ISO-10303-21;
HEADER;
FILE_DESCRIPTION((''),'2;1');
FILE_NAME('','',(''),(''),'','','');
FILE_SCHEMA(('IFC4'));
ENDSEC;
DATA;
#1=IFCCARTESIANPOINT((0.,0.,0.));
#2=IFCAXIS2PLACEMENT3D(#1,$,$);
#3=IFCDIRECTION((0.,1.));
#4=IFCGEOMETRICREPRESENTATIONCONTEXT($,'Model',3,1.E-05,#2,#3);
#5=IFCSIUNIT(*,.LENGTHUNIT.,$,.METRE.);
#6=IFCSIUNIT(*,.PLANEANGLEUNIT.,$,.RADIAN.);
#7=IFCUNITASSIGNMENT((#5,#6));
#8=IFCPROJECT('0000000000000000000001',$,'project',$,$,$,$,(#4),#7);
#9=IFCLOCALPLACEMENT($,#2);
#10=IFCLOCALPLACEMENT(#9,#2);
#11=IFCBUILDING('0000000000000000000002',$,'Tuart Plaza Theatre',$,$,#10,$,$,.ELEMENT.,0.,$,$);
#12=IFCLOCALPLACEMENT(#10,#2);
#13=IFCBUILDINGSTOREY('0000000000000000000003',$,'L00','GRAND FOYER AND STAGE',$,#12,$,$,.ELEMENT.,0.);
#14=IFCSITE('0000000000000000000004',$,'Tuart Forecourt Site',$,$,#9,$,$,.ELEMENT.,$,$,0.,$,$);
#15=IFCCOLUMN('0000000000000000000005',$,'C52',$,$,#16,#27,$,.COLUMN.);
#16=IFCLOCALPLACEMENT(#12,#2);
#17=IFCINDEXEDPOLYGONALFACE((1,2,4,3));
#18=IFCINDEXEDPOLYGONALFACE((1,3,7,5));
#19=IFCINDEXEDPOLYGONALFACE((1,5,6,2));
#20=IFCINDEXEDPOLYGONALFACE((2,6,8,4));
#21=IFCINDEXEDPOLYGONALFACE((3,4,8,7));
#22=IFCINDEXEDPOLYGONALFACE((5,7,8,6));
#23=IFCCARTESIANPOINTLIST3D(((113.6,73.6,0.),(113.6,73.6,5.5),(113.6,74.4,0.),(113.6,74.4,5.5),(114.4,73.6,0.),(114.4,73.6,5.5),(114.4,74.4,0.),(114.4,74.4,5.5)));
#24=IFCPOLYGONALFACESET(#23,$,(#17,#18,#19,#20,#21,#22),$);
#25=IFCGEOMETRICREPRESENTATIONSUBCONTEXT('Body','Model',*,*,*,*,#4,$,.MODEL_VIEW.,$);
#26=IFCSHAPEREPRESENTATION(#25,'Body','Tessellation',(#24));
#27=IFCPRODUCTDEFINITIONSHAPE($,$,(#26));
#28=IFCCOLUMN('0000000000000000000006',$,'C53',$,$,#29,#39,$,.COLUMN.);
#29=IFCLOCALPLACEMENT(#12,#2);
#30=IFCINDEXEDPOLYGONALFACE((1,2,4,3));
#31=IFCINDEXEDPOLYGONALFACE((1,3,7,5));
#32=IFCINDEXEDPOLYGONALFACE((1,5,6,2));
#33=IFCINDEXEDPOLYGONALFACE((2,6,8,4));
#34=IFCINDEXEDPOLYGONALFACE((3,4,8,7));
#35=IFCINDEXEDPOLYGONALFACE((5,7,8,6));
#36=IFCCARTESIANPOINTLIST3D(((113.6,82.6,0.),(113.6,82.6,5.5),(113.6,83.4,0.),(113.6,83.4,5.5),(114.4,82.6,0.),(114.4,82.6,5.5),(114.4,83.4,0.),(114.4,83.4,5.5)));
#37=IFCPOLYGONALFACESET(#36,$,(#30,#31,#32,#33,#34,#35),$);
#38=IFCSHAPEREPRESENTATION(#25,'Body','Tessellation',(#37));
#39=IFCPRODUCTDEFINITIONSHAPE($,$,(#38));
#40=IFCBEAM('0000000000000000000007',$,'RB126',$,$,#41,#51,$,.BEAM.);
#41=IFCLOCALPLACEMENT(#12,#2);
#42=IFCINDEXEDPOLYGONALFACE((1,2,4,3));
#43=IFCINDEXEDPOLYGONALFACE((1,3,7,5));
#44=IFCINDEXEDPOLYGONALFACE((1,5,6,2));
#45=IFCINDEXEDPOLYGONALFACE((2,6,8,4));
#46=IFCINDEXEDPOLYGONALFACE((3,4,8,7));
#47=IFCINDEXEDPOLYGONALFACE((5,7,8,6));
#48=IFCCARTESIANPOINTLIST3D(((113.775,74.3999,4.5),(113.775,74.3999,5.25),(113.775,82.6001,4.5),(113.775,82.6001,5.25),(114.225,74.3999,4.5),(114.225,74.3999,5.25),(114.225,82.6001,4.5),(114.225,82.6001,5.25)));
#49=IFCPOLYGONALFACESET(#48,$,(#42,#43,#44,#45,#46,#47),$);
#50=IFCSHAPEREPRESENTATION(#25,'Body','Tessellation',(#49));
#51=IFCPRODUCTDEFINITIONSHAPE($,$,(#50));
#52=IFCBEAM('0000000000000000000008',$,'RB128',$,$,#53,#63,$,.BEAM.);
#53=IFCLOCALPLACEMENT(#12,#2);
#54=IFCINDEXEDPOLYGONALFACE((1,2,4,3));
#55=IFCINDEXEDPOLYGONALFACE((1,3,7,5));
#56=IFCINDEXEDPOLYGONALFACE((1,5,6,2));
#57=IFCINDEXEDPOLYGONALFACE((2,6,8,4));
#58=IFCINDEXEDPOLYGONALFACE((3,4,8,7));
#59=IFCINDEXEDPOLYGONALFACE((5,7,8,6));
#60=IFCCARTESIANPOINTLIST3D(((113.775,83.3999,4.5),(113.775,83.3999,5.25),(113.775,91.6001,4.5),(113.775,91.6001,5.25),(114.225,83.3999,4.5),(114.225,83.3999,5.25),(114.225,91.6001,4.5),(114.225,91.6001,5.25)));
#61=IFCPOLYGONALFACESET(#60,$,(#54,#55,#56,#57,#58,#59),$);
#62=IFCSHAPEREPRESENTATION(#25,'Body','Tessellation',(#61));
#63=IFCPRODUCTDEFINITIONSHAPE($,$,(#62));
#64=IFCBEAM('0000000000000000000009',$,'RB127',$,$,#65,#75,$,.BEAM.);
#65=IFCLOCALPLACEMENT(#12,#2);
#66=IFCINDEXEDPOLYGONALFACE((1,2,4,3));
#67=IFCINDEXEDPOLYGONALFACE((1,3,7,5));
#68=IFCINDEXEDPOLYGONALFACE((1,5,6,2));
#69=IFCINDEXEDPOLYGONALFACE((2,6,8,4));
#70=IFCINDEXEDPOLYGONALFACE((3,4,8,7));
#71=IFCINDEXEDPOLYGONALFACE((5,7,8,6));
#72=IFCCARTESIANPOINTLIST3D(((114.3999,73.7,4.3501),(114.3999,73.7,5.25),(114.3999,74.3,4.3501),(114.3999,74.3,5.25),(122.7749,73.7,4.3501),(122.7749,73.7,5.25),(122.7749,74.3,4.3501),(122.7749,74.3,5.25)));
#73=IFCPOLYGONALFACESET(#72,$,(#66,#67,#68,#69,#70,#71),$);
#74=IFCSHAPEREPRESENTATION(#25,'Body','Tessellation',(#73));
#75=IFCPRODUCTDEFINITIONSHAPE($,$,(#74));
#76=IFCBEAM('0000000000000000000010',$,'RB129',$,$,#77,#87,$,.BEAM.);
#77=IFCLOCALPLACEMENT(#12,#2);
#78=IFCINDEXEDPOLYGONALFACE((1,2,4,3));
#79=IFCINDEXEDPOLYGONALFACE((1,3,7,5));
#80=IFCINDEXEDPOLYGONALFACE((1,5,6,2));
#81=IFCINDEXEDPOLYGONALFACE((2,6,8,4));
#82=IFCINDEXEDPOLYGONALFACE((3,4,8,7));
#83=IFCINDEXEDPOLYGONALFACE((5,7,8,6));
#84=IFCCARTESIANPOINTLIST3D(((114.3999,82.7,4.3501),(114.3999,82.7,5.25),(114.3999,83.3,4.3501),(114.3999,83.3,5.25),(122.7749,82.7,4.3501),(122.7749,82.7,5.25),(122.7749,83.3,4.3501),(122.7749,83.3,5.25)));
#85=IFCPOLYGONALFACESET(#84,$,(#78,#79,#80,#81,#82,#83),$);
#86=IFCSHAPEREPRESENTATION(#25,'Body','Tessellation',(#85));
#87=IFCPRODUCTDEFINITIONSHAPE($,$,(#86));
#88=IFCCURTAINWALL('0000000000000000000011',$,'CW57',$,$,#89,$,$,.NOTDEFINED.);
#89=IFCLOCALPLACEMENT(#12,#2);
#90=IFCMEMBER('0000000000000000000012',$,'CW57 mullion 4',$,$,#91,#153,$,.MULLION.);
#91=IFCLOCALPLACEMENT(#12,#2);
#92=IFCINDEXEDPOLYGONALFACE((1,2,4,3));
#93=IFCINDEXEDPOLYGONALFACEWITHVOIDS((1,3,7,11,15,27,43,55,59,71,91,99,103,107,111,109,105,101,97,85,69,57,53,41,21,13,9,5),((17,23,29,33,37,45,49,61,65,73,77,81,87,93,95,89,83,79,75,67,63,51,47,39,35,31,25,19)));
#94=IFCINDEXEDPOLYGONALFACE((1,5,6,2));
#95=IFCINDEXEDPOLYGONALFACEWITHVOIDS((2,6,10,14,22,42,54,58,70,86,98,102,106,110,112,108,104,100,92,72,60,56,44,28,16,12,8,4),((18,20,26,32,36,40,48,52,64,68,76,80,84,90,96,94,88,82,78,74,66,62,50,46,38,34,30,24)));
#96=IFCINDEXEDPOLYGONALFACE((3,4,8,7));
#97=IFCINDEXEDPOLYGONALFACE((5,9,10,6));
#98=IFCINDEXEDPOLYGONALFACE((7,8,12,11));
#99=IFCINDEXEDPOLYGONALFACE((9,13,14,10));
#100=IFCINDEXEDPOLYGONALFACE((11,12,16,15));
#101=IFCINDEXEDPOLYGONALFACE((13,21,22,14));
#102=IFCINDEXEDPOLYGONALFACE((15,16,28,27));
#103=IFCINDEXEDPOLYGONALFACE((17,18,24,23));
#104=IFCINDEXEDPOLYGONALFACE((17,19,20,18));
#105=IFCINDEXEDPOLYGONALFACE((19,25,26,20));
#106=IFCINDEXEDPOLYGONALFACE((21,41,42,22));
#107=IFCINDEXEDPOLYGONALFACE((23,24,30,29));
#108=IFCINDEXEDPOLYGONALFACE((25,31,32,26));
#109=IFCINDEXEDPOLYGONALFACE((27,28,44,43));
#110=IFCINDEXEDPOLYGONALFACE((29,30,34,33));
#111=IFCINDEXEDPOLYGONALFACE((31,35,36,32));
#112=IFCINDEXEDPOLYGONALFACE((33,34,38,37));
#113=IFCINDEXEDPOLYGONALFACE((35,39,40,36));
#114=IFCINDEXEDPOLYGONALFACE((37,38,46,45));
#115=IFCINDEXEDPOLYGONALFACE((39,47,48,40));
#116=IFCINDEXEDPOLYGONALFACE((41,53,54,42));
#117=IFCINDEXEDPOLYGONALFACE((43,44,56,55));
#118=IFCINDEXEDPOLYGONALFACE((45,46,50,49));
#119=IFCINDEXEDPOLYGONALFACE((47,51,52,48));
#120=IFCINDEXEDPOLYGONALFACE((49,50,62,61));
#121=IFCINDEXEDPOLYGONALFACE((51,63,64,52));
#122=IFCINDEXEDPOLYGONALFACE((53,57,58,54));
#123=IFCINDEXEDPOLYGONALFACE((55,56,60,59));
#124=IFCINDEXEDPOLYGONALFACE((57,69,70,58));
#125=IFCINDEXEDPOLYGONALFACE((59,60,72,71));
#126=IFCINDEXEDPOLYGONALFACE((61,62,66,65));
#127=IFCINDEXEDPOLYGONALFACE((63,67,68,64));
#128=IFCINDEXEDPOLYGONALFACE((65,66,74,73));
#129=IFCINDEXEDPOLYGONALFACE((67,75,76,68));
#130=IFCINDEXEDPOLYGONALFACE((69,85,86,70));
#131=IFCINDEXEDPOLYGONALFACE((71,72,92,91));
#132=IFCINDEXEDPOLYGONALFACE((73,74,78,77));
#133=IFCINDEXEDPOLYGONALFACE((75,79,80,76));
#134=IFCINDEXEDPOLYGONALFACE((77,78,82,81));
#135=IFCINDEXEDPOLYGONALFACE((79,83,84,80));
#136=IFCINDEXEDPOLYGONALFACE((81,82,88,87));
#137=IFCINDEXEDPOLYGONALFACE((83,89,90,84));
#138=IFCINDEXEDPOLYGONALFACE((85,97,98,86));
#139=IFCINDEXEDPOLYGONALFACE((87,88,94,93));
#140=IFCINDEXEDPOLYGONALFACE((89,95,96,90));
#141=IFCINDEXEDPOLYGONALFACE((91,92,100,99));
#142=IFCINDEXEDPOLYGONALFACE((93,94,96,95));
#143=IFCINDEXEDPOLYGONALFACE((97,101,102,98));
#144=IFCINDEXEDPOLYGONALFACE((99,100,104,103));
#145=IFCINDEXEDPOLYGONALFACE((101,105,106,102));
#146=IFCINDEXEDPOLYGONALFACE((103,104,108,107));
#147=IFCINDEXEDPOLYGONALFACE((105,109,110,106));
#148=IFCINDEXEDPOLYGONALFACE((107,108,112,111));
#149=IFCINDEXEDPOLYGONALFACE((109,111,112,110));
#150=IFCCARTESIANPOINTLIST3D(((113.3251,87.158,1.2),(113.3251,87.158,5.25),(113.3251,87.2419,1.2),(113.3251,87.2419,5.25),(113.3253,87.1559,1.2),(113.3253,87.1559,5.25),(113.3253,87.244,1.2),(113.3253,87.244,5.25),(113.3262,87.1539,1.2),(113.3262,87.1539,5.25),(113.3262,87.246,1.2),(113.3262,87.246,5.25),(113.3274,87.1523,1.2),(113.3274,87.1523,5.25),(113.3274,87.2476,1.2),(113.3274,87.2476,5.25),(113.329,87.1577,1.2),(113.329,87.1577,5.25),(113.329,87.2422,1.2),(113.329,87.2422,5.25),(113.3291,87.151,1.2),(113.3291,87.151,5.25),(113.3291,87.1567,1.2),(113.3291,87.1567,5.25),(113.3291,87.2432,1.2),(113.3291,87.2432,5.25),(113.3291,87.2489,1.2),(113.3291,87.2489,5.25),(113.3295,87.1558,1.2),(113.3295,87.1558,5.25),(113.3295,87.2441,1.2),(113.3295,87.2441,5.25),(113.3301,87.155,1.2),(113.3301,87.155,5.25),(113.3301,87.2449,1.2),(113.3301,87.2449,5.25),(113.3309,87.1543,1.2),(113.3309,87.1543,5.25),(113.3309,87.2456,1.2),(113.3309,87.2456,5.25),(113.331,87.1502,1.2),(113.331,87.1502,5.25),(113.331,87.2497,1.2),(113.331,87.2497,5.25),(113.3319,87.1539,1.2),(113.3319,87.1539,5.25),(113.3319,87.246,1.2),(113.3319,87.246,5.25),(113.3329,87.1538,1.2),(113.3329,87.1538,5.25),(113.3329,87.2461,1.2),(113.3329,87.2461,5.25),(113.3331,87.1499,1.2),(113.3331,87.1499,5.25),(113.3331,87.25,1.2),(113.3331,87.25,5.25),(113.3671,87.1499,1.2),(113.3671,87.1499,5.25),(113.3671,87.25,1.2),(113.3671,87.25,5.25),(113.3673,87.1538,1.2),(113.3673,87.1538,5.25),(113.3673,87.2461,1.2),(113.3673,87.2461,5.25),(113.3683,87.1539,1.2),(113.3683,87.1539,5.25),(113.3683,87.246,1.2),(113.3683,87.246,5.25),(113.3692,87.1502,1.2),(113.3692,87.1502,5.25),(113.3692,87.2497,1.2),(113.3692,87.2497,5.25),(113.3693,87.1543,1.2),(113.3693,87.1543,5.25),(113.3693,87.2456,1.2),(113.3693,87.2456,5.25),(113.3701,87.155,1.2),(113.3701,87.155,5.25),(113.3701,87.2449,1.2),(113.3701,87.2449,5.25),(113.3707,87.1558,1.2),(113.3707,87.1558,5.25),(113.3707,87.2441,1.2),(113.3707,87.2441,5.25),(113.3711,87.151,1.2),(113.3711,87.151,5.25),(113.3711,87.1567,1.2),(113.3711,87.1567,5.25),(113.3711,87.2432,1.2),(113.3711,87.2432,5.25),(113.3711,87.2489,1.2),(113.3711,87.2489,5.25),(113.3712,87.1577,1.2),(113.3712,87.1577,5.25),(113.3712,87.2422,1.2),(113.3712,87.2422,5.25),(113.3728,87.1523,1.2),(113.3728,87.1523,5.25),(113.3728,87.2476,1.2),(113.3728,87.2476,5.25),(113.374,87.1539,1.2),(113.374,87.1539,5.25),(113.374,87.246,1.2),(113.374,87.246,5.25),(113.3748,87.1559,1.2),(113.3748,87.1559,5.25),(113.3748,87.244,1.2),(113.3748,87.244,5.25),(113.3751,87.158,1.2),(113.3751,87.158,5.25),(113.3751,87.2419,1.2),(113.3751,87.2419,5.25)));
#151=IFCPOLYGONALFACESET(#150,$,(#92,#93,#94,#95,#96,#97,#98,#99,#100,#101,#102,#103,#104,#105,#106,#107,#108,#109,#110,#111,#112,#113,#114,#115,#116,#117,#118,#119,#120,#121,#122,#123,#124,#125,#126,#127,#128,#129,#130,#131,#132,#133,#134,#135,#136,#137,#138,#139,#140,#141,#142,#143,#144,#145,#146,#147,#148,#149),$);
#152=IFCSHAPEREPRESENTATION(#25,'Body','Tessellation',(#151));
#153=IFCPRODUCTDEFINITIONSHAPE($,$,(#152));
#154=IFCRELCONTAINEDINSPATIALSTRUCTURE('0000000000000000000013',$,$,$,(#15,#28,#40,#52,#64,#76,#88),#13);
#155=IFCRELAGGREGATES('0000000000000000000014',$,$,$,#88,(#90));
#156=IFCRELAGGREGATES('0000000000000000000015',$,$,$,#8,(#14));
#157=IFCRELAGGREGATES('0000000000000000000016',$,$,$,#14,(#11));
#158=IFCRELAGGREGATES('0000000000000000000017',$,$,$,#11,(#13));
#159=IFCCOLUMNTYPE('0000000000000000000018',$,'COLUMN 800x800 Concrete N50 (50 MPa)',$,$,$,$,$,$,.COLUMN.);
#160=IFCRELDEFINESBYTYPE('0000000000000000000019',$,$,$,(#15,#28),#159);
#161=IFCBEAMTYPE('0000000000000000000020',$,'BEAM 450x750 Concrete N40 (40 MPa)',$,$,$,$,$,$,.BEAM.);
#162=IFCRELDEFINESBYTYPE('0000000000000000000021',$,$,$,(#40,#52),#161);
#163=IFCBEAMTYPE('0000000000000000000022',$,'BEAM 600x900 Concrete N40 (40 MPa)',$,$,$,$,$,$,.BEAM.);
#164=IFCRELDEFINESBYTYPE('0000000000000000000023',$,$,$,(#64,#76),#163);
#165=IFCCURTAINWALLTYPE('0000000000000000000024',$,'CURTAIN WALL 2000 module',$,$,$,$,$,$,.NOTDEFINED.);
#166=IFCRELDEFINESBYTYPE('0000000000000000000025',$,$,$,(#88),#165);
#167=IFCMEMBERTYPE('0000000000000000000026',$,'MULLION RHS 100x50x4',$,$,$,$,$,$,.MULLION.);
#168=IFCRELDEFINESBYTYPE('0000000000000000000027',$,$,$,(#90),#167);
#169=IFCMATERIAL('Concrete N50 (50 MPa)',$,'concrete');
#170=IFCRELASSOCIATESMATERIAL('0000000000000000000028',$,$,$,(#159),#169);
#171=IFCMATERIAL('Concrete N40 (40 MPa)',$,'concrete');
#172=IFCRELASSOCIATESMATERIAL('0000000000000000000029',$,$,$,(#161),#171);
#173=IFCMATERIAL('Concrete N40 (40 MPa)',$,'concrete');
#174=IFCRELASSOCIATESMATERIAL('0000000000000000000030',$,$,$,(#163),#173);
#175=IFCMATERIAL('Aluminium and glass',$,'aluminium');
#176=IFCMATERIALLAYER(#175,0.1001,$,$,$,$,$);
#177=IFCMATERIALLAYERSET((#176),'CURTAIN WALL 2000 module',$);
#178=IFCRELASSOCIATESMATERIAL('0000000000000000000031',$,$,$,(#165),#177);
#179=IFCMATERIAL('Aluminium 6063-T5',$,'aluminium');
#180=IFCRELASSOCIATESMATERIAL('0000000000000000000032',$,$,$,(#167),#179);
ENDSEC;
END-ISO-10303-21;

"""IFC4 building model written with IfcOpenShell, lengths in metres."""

from ifc_helpers import new_model, si_unit, direction, frame, origin, origin_2d, place, context, subcontext, project, spatial, rectangle, hollow_rectangle, extrude, material, layer, layer_set, material_profile, profile_set, type_object, element, aggregate, save


model = new_model("IFC4")

# Units and contexts
model_context = context("Model", 3, precision=1e-05, world=origin(), true_north=direction((0.0, 1.0)))
body_context = subcontext(model_context, "Body", "Model", "MODEL_VIEW")
ifc_project = project(units=[si_unit("LENGTHUNIT", "METRE"), si_unit("PLANEANGLEUNIT", "RADIAN")], contexts=[model_context])

# Site, building, storey
site_placement = place(None, origin())
site = spatial("IfcSite", under=ifc_project, at=site_placement, Name="Tuart Forecourt Site", CompositionType="ELEMENT", RefElevation=0.0)
building_placement = place(site_placement, origin())
building = spatial("IfcBuilding", under=site, at=building_placement, Name="Tuart Plaza Theatre", CompositionType="ELEMENT", ElevationOfRefHeight=0.0)
storey_placement = place(building_placement, origin())
storey = spatial("IfcBuildingStorey", under=building, at=storey_placement, Name="L00", Description="GRAND FOYER AND STAGE", CompositionType="ELEMENT", Elevation=0.0)

# Columns
ifc_material_1 = material(Name="Concrete N50 (50 MPa)", Category="concrete")
ifc_material_profile_1 = material_profile(ifc_material_1, rectangle(XDim=0.8, YDim=0.8, at=origin_2d()), Name="COLUMN 800x800 Concrete N50 (50 MPa)")
ifc_profile_set_1 = profile_set([ifc_material_profile_1], Name="Concrete N50 (50 MPa)")
column_type = type_object("IfcColumnType", Name="COLUMN 800x800 Concrete N50 (50 MPa)", PredefinedType="COLUMN", material=ifc_profile_set_1)
for number, where, z_axis, x_axis, name in (
    (1, (114.0, 74.0, 0.0), (0.0, 0.0, 1.0), (1.0, 0.0, 0.0), "C52"),
    (2, (114.0, 83.0, 0.0), (0.0, 0.0, 1.0), (1.0, 0.0, 0.0), "C53"),
):
    element("IfcColumn", number, at=place(storey_placement, frame(where, z_axis=z_axis, x_axis=x_axis)), inside=storey, type_object=column_type, Name=name, PredefinedType="COLUMN", context=body_context, shape_type="SweptSolid", body=[
        extrude(rectangle(XDim=0.8, YDim=0.8, at=origin_2d()), origin(), (0.0, 0.0, 1.0), 5.5),
    ])

# Beams
ifc_material_2 = material(Name="Concrete N40 (40 MPa)", Category="concrete")
ifc_material_profile_2 = material_profile(ifc_material_2, rectangle(XDim=0.45, YDim=0.75, at=origin_2d()), Name="BEAM 450x750 Concrete N40 (40 MPa)")
ifc_profile_set_2 = profile_set([ifc_material_profile_2], Name="Concrete N40 (40 MPa)")
beam_type_1 = type_object("IfcBeamType", Name="BEAM 450x750 Concrete N40 (40 MPa)", PredefinedType="BEAM", material=ifc_profile_set_2)
for number, where, z_axis, x_axis, name in (
    (3, (114.0, 74.3999, 4.875), (0.0, 1.0, 0.0), (-1.0, 0.0, 0.0), "RB126"),
    (4, (114.0, 83.3999, 4.875), (0.0, 1.0, 0.0), (-1.0, 0.0, 0.0), "RB128"),
):
    element("IfcBeam", number, at=place(storey_placement, frame(where, z_axis=z_axis, x_axis=x_axis)), inside=storey, type_object=beam_type_1, Name=name, PredefinedType="BEAM", context=body_context, shape_type="SweptSolid", body=[
        extrude(rectangle(XDim=0.45, YDim=0.75, at=origin_2d()), origin(), (0.0, 0.0, 1.0), 8.2002),
    ])
ifc_material_3 = material(Name="Concrete N40 (40 MPa)", Category="concrete")
ifc_material_profile_3 = material_profile(ifc_material_3, rectangle(XDim=0.6001, YDim=0.8999, at=origin_2d()), Name="BEAM 600x900 Concrete N40 (40 MPa)")
ifc_profile_set_3 = profile_set([ifc_material_profile_3], Name="Concrete N40 (40 MPa)")
beam_type_2 = type_object("IfcBeamType", Name="BEAM 600x900 Concrete N40 (40 MPa)", PredefinedType="BEAM", material=ifc_profile_set_3)
for number, where, z_axis, x_axis, name in (
    (5, (114.3999, 74.0, 4.8), (1.0, 0.0, 0.0), (0.0, 1.0, 0.0), "RB127"),
    (6, (114.3999, 83.0, 4.8), (1.0, 0.0, 0.0), (0.0, 1.0, 0.0), "RB129"),
):
    element("IfcBeam", number, at=place(storey_placement, frame(where, z_axis=z_axis, x_axis=x_axis)), inside=storey, type_object=beam_type_2, Name=name, PredefinedType="BEAM", context=body_context, shape_type="SweptSolid", body=[
        extrude(rectangle(XDim=0.6001, YDim=0.8999, at=origin_2d()), origin(), (0.0, 0.0, 1.0), 8.375),
    ])

# Curtain wall, member
ifc_material_4 = material(Name="Aluminium and glass", Category="aluminium")
ifc_layer_1 = layer(ifc_material_4, 0.1001)
ifc_layer_set_1 = layer_set([ifc_layer_1], Name="CURTAIN WALL 2000 module")
curtain_wall_type = type_object("IfcCurtainWallType", Name="CURTAIN WALL 2000 module", PredefinedType="NOTDEFINED", material=ifc_layer_set_1)
curtain_wall_placement = place(storey_placement, origin())
curtain_wall = element("IfcCurtainWall", 7, at=curtain_wall_placement, inside=storey, type_object=curtain_wall_type, Name="CW57", PredefinedType="NOTDEFINED")
ifc_material_5 = material(Name="Aluminium 6063-T5", Category="aluminium")
ifc_material_profile_4 = material_profile(ifc_material_5, hollow_rectangle(XDim=0.05, YDim=0.1001, WallThickness=0.0039, InnerFilletRadius=0.0039, OuterFilletRadius=0.0081, at=origin_2d()), Name="RHS 100x50x4")
ifc_profile_set_4 = profile_set([ifc_material_profile_4], Name="Aluminium 6063-T5")
member_type_1 = type_object("IfcMemberType", Name="MULLION RHS 100x50x4", PredefinedType="MULLION", material=ifc_profile_set_4)
member_1_placement = place(storey_placement, frame((113.3501, 87.2, 1.2), z_axis=(0.0, 0.0, 1.0), x_axis=(1.0, 0.0, 0.0)))
member_1 = element("IfcMember", 8, at=member_1_placement, type_object=member_type_1, Name="CW57 mullion 4", PredefinedType="MULLION", context=body_context, shape_type="SweptSolid", body=[
    extrude(hollow_rectangle(XDim=0.05, YDim=0.1001, WallThickness=0.0039, InnerFilletRadius=0.0039, OuterFilletRadius=0.0081, at=origin_2d()), origin(), (0.0, 0.0, 1.0), 4.05),
])
aggregate(curtain_wall, [member_1])

save(model, "model.ifc")
